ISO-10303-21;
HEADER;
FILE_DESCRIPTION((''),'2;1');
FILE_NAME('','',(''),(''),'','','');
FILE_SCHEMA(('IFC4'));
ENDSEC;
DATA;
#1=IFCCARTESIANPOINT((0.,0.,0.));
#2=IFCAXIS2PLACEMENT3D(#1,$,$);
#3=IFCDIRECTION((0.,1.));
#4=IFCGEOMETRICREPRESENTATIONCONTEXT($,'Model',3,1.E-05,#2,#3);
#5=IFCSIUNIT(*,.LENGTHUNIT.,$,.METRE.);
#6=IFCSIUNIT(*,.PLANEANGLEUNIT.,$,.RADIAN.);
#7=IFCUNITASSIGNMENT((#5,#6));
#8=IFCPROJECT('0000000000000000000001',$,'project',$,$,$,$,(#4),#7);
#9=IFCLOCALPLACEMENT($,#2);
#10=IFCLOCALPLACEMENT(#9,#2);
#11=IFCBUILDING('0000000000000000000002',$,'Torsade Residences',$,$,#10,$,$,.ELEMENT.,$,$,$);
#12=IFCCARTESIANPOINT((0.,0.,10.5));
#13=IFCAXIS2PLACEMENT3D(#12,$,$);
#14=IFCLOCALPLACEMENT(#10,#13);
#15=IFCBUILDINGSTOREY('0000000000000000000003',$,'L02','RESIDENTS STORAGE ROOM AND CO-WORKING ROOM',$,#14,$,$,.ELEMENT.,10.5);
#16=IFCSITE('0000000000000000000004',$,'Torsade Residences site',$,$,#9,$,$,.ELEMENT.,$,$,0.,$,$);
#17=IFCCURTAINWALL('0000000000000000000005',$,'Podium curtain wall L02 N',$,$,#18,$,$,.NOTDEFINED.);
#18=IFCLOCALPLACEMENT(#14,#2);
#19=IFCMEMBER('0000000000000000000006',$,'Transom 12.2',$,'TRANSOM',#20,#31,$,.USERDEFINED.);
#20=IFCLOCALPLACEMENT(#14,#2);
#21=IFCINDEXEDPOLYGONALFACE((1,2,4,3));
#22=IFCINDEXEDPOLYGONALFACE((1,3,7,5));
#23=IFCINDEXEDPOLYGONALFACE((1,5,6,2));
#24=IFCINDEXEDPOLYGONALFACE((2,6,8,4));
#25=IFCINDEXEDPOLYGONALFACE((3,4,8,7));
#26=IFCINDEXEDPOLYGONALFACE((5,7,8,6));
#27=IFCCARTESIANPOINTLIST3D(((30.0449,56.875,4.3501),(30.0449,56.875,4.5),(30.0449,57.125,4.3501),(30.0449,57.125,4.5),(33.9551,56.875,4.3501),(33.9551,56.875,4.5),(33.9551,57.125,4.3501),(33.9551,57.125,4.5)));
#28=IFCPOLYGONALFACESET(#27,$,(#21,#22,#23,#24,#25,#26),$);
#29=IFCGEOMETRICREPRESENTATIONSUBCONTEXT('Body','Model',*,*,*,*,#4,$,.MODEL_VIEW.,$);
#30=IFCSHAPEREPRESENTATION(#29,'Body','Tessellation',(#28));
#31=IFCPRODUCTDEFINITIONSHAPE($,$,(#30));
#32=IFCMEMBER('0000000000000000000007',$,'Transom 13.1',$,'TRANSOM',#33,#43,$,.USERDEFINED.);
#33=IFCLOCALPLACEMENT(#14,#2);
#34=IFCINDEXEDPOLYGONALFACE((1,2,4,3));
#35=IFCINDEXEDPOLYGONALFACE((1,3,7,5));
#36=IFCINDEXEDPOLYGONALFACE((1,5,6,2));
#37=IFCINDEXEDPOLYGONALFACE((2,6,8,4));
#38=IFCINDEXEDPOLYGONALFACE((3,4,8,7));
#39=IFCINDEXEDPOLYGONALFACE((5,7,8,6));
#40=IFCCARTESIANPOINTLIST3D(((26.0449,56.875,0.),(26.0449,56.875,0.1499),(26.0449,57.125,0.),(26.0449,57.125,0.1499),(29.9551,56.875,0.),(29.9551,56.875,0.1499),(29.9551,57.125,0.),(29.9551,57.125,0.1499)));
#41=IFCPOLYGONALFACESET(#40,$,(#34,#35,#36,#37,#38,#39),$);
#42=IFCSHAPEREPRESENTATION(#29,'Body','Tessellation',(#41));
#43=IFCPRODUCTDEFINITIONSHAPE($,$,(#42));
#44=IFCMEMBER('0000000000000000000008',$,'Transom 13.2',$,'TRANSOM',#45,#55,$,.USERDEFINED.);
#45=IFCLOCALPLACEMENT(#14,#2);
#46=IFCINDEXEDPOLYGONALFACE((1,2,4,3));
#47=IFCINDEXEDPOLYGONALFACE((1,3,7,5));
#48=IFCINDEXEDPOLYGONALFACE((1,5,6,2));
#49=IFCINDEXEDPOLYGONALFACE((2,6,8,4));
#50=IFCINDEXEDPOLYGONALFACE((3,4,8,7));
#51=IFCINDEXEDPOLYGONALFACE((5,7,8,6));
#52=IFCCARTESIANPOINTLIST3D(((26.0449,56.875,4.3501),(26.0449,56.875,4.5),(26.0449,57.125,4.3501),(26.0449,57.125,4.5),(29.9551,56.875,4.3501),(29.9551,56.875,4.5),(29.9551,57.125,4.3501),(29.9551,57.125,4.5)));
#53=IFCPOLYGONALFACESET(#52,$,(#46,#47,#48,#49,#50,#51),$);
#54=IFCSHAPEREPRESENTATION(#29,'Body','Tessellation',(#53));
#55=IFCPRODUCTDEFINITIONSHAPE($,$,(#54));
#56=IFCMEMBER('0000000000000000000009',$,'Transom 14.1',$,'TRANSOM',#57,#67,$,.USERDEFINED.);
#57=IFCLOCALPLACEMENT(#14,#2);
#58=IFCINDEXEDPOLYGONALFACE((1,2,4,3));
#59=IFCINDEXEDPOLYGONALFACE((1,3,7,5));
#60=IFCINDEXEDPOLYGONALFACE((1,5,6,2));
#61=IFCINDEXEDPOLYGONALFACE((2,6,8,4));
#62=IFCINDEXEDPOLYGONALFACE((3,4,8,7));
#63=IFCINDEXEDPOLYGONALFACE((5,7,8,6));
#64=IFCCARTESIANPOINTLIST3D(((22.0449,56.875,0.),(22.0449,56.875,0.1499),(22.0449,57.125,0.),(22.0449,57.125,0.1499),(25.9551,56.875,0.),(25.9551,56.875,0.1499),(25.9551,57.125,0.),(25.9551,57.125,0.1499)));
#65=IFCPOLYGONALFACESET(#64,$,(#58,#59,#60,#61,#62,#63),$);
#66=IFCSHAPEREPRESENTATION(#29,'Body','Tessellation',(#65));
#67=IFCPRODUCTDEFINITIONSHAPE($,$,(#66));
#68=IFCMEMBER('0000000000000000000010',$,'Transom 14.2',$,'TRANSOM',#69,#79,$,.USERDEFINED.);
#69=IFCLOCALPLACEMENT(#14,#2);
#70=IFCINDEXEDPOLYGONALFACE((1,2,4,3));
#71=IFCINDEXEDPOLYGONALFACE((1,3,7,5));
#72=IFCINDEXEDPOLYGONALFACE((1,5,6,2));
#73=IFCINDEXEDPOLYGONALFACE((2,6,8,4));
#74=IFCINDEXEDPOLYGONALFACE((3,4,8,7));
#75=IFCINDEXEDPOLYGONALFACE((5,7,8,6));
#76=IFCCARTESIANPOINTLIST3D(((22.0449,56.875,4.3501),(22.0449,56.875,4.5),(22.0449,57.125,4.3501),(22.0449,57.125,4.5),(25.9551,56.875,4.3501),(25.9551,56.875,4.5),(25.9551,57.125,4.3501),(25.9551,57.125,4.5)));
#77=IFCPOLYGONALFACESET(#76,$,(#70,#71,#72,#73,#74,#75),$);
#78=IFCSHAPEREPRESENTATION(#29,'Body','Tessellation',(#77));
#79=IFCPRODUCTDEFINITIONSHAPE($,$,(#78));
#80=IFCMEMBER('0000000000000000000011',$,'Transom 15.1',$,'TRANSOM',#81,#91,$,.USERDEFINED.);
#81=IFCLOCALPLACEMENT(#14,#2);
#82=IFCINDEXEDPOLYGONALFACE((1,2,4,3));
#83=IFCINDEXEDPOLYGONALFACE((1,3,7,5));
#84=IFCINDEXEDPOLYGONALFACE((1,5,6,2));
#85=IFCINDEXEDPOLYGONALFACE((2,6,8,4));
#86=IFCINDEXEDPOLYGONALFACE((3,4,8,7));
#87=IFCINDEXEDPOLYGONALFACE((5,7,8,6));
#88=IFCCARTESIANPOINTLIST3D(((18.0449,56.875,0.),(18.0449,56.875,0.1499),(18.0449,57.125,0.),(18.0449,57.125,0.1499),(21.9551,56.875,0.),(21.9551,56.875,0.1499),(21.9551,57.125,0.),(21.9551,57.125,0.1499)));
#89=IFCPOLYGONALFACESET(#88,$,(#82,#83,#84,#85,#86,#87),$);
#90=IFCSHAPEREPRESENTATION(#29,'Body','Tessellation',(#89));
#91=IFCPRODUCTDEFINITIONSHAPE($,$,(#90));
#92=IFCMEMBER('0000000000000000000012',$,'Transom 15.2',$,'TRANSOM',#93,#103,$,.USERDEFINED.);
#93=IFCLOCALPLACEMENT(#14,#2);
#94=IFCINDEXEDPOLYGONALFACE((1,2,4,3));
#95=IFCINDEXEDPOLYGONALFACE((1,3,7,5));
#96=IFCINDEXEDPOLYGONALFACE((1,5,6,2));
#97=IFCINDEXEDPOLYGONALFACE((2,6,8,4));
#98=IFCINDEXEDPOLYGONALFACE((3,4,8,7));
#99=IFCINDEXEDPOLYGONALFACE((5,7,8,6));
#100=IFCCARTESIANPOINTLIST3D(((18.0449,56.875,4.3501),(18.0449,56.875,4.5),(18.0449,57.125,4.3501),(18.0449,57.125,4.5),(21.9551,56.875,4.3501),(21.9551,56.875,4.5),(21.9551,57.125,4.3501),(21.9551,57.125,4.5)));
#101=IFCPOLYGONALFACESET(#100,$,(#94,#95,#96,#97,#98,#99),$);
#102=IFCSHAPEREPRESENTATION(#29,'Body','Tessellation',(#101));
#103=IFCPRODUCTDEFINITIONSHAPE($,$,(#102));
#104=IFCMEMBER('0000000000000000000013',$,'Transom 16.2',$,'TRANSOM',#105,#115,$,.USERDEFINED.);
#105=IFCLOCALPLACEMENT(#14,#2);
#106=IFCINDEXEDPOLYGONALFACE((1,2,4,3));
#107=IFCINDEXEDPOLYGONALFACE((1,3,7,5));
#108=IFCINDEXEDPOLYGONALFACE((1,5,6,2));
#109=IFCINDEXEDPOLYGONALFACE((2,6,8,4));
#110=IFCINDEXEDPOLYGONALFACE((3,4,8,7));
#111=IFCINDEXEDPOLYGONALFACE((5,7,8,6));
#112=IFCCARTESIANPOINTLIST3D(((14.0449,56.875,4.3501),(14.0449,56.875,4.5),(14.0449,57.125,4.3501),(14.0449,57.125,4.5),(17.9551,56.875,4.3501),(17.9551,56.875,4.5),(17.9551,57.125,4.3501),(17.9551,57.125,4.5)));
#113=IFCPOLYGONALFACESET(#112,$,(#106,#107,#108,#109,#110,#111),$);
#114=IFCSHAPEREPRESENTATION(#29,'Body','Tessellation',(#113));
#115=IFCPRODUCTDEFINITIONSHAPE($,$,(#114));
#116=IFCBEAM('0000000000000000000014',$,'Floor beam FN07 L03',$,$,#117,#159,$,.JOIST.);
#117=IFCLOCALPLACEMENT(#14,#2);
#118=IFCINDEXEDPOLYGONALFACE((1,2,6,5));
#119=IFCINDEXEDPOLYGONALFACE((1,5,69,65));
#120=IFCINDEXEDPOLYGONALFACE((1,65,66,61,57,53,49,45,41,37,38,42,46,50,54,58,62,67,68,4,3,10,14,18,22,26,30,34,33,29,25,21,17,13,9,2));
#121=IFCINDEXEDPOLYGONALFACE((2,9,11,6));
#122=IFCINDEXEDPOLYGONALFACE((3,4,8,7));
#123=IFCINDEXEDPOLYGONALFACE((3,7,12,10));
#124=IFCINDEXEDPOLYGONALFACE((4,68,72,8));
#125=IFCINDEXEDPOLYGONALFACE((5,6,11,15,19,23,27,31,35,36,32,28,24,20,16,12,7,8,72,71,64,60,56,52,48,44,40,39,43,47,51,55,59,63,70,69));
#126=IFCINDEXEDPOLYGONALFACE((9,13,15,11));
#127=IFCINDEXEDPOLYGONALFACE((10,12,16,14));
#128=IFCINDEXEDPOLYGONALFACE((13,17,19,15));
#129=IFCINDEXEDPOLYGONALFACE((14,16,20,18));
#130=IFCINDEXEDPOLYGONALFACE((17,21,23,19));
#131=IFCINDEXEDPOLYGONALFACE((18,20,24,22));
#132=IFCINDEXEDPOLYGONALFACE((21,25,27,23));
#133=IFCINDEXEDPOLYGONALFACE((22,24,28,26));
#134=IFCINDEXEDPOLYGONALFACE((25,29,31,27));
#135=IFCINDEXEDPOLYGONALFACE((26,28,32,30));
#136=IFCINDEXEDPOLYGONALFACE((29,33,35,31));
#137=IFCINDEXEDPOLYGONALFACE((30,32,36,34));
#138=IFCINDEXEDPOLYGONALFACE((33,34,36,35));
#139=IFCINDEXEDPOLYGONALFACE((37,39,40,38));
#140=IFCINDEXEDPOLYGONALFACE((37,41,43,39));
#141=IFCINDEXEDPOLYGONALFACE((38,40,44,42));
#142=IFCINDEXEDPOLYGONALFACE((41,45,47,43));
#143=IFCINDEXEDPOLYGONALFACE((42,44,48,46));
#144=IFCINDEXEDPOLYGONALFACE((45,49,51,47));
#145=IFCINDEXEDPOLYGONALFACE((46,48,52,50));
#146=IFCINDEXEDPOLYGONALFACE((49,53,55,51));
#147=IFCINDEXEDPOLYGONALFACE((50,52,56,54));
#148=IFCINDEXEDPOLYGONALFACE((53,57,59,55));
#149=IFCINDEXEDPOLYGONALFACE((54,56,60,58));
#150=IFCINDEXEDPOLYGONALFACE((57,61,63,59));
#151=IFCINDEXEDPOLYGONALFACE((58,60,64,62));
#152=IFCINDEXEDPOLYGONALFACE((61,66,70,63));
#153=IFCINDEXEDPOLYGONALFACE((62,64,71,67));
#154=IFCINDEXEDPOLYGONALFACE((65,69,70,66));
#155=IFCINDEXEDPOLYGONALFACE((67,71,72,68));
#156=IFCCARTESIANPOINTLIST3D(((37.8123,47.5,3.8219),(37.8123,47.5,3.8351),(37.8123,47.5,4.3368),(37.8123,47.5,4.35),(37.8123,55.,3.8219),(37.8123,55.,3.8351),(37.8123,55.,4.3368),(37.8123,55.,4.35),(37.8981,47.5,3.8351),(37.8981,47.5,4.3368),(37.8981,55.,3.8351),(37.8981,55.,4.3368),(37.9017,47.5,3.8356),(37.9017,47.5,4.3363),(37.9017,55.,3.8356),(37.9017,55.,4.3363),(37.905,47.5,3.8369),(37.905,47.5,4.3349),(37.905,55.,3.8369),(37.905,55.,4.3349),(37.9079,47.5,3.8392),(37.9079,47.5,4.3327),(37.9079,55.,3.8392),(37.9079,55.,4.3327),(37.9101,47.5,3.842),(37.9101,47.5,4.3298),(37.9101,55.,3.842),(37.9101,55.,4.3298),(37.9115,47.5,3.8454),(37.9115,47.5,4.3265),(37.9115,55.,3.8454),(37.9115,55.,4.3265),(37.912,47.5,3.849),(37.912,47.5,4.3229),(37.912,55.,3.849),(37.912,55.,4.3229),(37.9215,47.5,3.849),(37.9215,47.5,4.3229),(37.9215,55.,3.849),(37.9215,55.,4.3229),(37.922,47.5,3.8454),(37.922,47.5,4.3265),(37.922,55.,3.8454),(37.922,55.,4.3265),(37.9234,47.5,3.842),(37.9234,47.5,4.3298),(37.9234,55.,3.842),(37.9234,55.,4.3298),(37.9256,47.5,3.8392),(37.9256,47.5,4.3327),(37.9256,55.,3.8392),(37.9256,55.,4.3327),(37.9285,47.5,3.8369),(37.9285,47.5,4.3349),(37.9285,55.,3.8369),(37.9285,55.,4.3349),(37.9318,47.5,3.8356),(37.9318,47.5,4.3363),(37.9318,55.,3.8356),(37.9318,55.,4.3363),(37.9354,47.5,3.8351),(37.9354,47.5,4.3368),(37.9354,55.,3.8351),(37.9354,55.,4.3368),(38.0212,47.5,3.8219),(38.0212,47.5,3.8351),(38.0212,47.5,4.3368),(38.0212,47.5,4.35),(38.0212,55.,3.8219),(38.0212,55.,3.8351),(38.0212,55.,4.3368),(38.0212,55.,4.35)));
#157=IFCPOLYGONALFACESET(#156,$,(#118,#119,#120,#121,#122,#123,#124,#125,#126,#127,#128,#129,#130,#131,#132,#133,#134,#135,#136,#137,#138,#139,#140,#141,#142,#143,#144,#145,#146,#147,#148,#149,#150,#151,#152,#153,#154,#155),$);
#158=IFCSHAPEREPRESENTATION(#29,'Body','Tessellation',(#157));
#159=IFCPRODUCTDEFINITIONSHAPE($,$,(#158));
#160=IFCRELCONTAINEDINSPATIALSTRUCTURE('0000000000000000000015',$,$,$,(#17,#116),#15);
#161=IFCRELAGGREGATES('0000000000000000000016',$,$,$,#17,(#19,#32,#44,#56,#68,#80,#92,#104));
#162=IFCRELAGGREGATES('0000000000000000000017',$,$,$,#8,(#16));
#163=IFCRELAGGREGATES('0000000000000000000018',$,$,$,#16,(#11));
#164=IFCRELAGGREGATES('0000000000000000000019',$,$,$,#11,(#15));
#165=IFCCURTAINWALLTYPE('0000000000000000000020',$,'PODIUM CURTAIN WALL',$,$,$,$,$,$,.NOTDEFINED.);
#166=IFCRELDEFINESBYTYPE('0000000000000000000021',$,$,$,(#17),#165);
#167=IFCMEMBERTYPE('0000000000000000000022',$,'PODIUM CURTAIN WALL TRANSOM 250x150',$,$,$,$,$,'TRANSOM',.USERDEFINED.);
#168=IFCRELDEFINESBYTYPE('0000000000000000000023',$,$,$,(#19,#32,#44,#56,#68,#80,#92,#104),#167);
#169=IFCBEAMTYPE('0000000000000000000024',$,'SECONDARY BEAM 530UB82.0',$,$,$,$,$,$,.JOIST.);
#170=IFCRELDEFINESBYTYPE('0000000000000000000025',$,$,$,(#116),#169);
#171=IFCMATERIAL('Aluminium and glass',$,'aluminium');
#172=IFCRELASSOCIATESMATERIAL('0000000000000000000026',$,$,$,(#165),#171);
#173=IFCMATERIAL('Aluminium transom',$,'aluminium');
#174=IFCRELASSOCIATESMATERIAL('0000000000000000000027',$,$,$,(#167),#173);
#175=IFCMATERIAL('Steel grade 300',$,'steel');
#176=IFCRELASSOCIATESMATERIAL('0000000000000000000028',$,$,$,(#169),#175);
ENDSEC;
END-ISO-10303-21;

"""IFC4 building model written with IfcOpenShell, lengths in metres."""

from ifc_helpers import new_model, si_unit, direction, frame, origin, origin_2d, place, context, subcontext, project, spatial, rectangle, i_section, extrude, material, material_profile, profile_set, type_object, element, aggregate, save


model = new_model("IFC4")

# Units and contexts
model_context = context("Model", 3, precision=1e-05, world=origin(), true_north=direction((0.0, 1.0)))
body_context = subcontext(model_context, "Body", "Model", "MODEL_VIEW")
ifc_project = project(units=[si_unit("LENGTHUNIT", "METRE"), si_unit("PLANEANGLEUNIT", "RADIAN")], contexts=[model_context])

# Site, building, storey
site_placement = place(None, origin())
site = spatial("IfcSite", under=ifc_project, at=site_placement, Name="Torsade Residences site", CompositionType="ELEMENT", RefElevation=0.0)
building_placement = place(site_placement, origin())
building = spatial("IfcBuilding", under=site, at=building_placement, Name="Torsade Residences", CompositionType="ELEMENT")
storey_placement = place(building_placement, frame((0.0, 0.0, 10.5)))
storey = spatial("IfcBuildingStorey", under=building, at=storey_placement, Name="L02", Description="RESIDENTS STORAGE ROOM AND CO-WORKING ROOM", CompositionType="ELEMENT", Elevation=10.5)

# Curtain wall, members
ifc_material_1 = material(Name="Aluminium and glass", Category="aluminium")
curtain_wall_type = type_object("IfcCurtainWallType", Name="PODIUM CURTAIN WALL", PredefinedType="NOTDEFINED", material=ifc_material_1)
curtain_wall_placement = place(storey_placement, origin())
curtain_wall = element("IfcCurtainWall", 1, at=curtain_wall_placement, inside=storey, type_object=curtain_wall_type, Name="Podium curtain wall L02 N", PredefinedType="NOTDEFINED")
ifc_material_2 = material(Name="Aluminium transom", Category="aluminium")
ifc_material_profile_1 = material_profile(ifc_material_2, rectangle(XDim=0.25, YDim=0.1499, at=origin_2d()), Name="PODIUM CURTAIN WALL TRANSOM 250x150")
ifc_profile_set_1 = profile_set([ifc_material_profile_1], Name="Aluminium transom")
member_type_1 = type_object("IfcMemberType", Name="PODIUM CURTAIN WALL TRANSOM 250x150", ElementType="TRANSOM", PredefinedType="USERDEFINED", material=ifc_profile_set_1)
member_1_placement = place(storey_placement, frame((33.9551, 57.0, 4.425), z_axis=(-1.0, 0.0, 0.0), x_axis=(0.0, -1.0, 0.0)))
member_1 = element("IfcMember", 2, at=member_1_placement, type_object=member_type_1, Name="Transom 12.2", ObjectType="TRANSOM", PredefinedType="USERDEFINED", context=body_context, shape_type="SweptSolid", body=[
    extrude(rectangle(XDim=0.25, YDim=0.1499, at=origin_2d()), origin(), (0.0, 0.0, 1.0), 3.9102),
])
member_2_placement = place(storey_placement, frame((29.9551, 57.0, 0.075), z_axis=(-1.0, 0.0, 0.0), x_axis=(0.0, -1.0, 0.0)))
member_2 = element("IfcMember", 3, at=member_2_placement, type_object=member_type_1, Name="Transom 13.1", ObjectType="TRANSOM", PredefinedType="USERDEFINED", context=body_context, shape_type="SweptSolid", body=[
    extrude(rectangle(XDim=0.25, YDim=0.1499, at=origin_2d()), origin(), (0.0, 0.0, 1.0), 3.9102),
])
member_3_placement = place(storey_placement, frame((29.9551, 57.0, 4.425), z_axis=(-1.0, 0.0, 0.0), x_axis=(0.0, -1.0, 0.0)))
member_3 = element("IfcMember", 4, at=member_3_placement, type_object=member_type_1, Name="Transom 13.2", ObjectType="TRANSOM", PredefinedType="USERDEFINED", context=body_context, shape_type="SweptSolid", body=[
    extrude(rectangle(XDim=0.25, YDim=0.1499, at=origin_2d()), origin(), (0.0, 0.0, 1.0), 3.9102),
])
member_4_placement = place(storey_placement, frame((25.9551, 57.0, 0.075), z_axis=(-1.0, 0.0, 0.0), x_axis=(0.0, -1.0, 0.0)))
member_4 = element("IfcMember", 5, at=member_4_placement, type_object=member_type_1, Name="Transom 14.1", ObjectType="TRANSOM", PredefinedType="USERDEFINED", context=body_context, shape_type="SweptSolid", body=[
    extrude(rectangle(XDim=0.25, YDim=0.1499, at=origin_2d()), origin(), (0.0, 0.0, 1.0), 3.9102),
])
member_5_placement = place(storey_placement, frame((25.9551, 57.0, 4.425), z_axis=(-1.0, 0.0, 0.0), x_axis=(0.0, -1.0, 0.0)))
member_5 = element("IfcMember", 6, at=member_5_placement, type_object=member_type_1, Name="Transom 14.2", ObjectType="TRANSOM", PredefinedType="USERDEFINED", context=body_context, shape_type="SweptSolid", body=[
    extrude(rectangle(XDim=0.25, YDim=0.1499, at=origin_2d()), origin(), (0.0, 0.0, 1.0), 3.9102),
])
member_6_placement = place(storey_placement, frame((21.9551, 57.0, 0.075), z_axis=(-1.0, 0.0, 0.0), x_axis=(0.0, -1.0, 0.0)))
member_6 = element("IfcMember", 7, at=member_6_placement, type_object=member_type_1, Name="Transom 15.1", ObjectType="TRANSOM", PredefinedType="USERDEFINED", context=body_context, shape_type="SweptSolid", body=[
    extrude(rectangle(XDim=0.25, YDim=0.1499, at=origin_2d()), origin(), (0.0, 0.0, 1.0), 3.9102),
])
member_7_placement = place(storey_placement, frame((21.9551, 57.0, 4.425), z_axis=(-1.0, 0.0, 0.0), x_axis=(0.0, -1.0, 0.0)))
member_7 = element("IfcMember", 8, at=member_7_placement, type_object=member_type_1, Name="Transom 15.2", ObjectType="TRANSOM", PredefinedType="USERDEFINED", context=body_context, shape_type="SweptSolid", body=[
    extrude(rectangle(XDim=0.25, YDim=0.1499, at=origin_2d()), origin(), (0.0, 0.0, 1.0), 3.9102),
])
member_8_placement = place(storey_placement, frame((17.9551, 57.0, 4.425), z_axis=(-1.0, 0.0, 0.0), x_axis=(0.0, -1.0, 0.0)))
member_8 = element("IfcMember", 9, at=member_8_placement, type_object=member_type_1, Name="Transom 16.2", ObjectType="TRANSOM", PredefinedType="USERDEFINED", context=body_context, shape_type="SweptSolid", body=[
    extrude(rectangle(XDim=0.25, YDim=0.1499, at=origin_2d()), origin(), (0.0, 0.0, 1.0), 3.9102),
])

# Beam
ifc_material_3 = material(Name="Steel grade 300", Category="steel")
ifc_material_profile_2 = material_profile(ifc_material_3, i_section(OverallWidth=0.209, OverallDepth=0.5281, WebThickness=0.0095, FlangeThickness=0.0132, FilletRadius=0.0139, at=origin_2d()), Name="530UB82.0")
ifc_profile_set_2 = profile_set([ifc_material_profile_2], Name="Steel grade 300")
beam_type_1 = type_object("IfcBeamType", Name="SECONDARY BEAM 530UB82.0", PredefinedType="JOIST", material=ifc_profile_set_2)
beam_1_placement = place(storey_placement, frame((37.9167, 55.0, 4.0859), z_axis=(0.0, -1.0, 0.0), x_axis=(1.0, 0.0, 0.0)))
element("IfcBeam", 10, at=beam_1_placement, inside=storey, type_object=beam_type_1, Name="Floor beam FN07 L03", PredefinedType="JOIST", context=body_context, shape_type="SweptSolid", body=[
    extrude(i_section(OverallWidth=0.209, OverallDepth=0.5281, WebThickness=0.0095, FlangeThickness=0.0132, FilletRadius=0.0139, at=origin_2d()), origin(), (0.0, 0.0, 1.0), 7.5),
])

aggregate(curtain_wall, [member_1, member_2, member_3, member_4, member_5, member_6, member_7, member_8])

save(model, "model.ifc")
